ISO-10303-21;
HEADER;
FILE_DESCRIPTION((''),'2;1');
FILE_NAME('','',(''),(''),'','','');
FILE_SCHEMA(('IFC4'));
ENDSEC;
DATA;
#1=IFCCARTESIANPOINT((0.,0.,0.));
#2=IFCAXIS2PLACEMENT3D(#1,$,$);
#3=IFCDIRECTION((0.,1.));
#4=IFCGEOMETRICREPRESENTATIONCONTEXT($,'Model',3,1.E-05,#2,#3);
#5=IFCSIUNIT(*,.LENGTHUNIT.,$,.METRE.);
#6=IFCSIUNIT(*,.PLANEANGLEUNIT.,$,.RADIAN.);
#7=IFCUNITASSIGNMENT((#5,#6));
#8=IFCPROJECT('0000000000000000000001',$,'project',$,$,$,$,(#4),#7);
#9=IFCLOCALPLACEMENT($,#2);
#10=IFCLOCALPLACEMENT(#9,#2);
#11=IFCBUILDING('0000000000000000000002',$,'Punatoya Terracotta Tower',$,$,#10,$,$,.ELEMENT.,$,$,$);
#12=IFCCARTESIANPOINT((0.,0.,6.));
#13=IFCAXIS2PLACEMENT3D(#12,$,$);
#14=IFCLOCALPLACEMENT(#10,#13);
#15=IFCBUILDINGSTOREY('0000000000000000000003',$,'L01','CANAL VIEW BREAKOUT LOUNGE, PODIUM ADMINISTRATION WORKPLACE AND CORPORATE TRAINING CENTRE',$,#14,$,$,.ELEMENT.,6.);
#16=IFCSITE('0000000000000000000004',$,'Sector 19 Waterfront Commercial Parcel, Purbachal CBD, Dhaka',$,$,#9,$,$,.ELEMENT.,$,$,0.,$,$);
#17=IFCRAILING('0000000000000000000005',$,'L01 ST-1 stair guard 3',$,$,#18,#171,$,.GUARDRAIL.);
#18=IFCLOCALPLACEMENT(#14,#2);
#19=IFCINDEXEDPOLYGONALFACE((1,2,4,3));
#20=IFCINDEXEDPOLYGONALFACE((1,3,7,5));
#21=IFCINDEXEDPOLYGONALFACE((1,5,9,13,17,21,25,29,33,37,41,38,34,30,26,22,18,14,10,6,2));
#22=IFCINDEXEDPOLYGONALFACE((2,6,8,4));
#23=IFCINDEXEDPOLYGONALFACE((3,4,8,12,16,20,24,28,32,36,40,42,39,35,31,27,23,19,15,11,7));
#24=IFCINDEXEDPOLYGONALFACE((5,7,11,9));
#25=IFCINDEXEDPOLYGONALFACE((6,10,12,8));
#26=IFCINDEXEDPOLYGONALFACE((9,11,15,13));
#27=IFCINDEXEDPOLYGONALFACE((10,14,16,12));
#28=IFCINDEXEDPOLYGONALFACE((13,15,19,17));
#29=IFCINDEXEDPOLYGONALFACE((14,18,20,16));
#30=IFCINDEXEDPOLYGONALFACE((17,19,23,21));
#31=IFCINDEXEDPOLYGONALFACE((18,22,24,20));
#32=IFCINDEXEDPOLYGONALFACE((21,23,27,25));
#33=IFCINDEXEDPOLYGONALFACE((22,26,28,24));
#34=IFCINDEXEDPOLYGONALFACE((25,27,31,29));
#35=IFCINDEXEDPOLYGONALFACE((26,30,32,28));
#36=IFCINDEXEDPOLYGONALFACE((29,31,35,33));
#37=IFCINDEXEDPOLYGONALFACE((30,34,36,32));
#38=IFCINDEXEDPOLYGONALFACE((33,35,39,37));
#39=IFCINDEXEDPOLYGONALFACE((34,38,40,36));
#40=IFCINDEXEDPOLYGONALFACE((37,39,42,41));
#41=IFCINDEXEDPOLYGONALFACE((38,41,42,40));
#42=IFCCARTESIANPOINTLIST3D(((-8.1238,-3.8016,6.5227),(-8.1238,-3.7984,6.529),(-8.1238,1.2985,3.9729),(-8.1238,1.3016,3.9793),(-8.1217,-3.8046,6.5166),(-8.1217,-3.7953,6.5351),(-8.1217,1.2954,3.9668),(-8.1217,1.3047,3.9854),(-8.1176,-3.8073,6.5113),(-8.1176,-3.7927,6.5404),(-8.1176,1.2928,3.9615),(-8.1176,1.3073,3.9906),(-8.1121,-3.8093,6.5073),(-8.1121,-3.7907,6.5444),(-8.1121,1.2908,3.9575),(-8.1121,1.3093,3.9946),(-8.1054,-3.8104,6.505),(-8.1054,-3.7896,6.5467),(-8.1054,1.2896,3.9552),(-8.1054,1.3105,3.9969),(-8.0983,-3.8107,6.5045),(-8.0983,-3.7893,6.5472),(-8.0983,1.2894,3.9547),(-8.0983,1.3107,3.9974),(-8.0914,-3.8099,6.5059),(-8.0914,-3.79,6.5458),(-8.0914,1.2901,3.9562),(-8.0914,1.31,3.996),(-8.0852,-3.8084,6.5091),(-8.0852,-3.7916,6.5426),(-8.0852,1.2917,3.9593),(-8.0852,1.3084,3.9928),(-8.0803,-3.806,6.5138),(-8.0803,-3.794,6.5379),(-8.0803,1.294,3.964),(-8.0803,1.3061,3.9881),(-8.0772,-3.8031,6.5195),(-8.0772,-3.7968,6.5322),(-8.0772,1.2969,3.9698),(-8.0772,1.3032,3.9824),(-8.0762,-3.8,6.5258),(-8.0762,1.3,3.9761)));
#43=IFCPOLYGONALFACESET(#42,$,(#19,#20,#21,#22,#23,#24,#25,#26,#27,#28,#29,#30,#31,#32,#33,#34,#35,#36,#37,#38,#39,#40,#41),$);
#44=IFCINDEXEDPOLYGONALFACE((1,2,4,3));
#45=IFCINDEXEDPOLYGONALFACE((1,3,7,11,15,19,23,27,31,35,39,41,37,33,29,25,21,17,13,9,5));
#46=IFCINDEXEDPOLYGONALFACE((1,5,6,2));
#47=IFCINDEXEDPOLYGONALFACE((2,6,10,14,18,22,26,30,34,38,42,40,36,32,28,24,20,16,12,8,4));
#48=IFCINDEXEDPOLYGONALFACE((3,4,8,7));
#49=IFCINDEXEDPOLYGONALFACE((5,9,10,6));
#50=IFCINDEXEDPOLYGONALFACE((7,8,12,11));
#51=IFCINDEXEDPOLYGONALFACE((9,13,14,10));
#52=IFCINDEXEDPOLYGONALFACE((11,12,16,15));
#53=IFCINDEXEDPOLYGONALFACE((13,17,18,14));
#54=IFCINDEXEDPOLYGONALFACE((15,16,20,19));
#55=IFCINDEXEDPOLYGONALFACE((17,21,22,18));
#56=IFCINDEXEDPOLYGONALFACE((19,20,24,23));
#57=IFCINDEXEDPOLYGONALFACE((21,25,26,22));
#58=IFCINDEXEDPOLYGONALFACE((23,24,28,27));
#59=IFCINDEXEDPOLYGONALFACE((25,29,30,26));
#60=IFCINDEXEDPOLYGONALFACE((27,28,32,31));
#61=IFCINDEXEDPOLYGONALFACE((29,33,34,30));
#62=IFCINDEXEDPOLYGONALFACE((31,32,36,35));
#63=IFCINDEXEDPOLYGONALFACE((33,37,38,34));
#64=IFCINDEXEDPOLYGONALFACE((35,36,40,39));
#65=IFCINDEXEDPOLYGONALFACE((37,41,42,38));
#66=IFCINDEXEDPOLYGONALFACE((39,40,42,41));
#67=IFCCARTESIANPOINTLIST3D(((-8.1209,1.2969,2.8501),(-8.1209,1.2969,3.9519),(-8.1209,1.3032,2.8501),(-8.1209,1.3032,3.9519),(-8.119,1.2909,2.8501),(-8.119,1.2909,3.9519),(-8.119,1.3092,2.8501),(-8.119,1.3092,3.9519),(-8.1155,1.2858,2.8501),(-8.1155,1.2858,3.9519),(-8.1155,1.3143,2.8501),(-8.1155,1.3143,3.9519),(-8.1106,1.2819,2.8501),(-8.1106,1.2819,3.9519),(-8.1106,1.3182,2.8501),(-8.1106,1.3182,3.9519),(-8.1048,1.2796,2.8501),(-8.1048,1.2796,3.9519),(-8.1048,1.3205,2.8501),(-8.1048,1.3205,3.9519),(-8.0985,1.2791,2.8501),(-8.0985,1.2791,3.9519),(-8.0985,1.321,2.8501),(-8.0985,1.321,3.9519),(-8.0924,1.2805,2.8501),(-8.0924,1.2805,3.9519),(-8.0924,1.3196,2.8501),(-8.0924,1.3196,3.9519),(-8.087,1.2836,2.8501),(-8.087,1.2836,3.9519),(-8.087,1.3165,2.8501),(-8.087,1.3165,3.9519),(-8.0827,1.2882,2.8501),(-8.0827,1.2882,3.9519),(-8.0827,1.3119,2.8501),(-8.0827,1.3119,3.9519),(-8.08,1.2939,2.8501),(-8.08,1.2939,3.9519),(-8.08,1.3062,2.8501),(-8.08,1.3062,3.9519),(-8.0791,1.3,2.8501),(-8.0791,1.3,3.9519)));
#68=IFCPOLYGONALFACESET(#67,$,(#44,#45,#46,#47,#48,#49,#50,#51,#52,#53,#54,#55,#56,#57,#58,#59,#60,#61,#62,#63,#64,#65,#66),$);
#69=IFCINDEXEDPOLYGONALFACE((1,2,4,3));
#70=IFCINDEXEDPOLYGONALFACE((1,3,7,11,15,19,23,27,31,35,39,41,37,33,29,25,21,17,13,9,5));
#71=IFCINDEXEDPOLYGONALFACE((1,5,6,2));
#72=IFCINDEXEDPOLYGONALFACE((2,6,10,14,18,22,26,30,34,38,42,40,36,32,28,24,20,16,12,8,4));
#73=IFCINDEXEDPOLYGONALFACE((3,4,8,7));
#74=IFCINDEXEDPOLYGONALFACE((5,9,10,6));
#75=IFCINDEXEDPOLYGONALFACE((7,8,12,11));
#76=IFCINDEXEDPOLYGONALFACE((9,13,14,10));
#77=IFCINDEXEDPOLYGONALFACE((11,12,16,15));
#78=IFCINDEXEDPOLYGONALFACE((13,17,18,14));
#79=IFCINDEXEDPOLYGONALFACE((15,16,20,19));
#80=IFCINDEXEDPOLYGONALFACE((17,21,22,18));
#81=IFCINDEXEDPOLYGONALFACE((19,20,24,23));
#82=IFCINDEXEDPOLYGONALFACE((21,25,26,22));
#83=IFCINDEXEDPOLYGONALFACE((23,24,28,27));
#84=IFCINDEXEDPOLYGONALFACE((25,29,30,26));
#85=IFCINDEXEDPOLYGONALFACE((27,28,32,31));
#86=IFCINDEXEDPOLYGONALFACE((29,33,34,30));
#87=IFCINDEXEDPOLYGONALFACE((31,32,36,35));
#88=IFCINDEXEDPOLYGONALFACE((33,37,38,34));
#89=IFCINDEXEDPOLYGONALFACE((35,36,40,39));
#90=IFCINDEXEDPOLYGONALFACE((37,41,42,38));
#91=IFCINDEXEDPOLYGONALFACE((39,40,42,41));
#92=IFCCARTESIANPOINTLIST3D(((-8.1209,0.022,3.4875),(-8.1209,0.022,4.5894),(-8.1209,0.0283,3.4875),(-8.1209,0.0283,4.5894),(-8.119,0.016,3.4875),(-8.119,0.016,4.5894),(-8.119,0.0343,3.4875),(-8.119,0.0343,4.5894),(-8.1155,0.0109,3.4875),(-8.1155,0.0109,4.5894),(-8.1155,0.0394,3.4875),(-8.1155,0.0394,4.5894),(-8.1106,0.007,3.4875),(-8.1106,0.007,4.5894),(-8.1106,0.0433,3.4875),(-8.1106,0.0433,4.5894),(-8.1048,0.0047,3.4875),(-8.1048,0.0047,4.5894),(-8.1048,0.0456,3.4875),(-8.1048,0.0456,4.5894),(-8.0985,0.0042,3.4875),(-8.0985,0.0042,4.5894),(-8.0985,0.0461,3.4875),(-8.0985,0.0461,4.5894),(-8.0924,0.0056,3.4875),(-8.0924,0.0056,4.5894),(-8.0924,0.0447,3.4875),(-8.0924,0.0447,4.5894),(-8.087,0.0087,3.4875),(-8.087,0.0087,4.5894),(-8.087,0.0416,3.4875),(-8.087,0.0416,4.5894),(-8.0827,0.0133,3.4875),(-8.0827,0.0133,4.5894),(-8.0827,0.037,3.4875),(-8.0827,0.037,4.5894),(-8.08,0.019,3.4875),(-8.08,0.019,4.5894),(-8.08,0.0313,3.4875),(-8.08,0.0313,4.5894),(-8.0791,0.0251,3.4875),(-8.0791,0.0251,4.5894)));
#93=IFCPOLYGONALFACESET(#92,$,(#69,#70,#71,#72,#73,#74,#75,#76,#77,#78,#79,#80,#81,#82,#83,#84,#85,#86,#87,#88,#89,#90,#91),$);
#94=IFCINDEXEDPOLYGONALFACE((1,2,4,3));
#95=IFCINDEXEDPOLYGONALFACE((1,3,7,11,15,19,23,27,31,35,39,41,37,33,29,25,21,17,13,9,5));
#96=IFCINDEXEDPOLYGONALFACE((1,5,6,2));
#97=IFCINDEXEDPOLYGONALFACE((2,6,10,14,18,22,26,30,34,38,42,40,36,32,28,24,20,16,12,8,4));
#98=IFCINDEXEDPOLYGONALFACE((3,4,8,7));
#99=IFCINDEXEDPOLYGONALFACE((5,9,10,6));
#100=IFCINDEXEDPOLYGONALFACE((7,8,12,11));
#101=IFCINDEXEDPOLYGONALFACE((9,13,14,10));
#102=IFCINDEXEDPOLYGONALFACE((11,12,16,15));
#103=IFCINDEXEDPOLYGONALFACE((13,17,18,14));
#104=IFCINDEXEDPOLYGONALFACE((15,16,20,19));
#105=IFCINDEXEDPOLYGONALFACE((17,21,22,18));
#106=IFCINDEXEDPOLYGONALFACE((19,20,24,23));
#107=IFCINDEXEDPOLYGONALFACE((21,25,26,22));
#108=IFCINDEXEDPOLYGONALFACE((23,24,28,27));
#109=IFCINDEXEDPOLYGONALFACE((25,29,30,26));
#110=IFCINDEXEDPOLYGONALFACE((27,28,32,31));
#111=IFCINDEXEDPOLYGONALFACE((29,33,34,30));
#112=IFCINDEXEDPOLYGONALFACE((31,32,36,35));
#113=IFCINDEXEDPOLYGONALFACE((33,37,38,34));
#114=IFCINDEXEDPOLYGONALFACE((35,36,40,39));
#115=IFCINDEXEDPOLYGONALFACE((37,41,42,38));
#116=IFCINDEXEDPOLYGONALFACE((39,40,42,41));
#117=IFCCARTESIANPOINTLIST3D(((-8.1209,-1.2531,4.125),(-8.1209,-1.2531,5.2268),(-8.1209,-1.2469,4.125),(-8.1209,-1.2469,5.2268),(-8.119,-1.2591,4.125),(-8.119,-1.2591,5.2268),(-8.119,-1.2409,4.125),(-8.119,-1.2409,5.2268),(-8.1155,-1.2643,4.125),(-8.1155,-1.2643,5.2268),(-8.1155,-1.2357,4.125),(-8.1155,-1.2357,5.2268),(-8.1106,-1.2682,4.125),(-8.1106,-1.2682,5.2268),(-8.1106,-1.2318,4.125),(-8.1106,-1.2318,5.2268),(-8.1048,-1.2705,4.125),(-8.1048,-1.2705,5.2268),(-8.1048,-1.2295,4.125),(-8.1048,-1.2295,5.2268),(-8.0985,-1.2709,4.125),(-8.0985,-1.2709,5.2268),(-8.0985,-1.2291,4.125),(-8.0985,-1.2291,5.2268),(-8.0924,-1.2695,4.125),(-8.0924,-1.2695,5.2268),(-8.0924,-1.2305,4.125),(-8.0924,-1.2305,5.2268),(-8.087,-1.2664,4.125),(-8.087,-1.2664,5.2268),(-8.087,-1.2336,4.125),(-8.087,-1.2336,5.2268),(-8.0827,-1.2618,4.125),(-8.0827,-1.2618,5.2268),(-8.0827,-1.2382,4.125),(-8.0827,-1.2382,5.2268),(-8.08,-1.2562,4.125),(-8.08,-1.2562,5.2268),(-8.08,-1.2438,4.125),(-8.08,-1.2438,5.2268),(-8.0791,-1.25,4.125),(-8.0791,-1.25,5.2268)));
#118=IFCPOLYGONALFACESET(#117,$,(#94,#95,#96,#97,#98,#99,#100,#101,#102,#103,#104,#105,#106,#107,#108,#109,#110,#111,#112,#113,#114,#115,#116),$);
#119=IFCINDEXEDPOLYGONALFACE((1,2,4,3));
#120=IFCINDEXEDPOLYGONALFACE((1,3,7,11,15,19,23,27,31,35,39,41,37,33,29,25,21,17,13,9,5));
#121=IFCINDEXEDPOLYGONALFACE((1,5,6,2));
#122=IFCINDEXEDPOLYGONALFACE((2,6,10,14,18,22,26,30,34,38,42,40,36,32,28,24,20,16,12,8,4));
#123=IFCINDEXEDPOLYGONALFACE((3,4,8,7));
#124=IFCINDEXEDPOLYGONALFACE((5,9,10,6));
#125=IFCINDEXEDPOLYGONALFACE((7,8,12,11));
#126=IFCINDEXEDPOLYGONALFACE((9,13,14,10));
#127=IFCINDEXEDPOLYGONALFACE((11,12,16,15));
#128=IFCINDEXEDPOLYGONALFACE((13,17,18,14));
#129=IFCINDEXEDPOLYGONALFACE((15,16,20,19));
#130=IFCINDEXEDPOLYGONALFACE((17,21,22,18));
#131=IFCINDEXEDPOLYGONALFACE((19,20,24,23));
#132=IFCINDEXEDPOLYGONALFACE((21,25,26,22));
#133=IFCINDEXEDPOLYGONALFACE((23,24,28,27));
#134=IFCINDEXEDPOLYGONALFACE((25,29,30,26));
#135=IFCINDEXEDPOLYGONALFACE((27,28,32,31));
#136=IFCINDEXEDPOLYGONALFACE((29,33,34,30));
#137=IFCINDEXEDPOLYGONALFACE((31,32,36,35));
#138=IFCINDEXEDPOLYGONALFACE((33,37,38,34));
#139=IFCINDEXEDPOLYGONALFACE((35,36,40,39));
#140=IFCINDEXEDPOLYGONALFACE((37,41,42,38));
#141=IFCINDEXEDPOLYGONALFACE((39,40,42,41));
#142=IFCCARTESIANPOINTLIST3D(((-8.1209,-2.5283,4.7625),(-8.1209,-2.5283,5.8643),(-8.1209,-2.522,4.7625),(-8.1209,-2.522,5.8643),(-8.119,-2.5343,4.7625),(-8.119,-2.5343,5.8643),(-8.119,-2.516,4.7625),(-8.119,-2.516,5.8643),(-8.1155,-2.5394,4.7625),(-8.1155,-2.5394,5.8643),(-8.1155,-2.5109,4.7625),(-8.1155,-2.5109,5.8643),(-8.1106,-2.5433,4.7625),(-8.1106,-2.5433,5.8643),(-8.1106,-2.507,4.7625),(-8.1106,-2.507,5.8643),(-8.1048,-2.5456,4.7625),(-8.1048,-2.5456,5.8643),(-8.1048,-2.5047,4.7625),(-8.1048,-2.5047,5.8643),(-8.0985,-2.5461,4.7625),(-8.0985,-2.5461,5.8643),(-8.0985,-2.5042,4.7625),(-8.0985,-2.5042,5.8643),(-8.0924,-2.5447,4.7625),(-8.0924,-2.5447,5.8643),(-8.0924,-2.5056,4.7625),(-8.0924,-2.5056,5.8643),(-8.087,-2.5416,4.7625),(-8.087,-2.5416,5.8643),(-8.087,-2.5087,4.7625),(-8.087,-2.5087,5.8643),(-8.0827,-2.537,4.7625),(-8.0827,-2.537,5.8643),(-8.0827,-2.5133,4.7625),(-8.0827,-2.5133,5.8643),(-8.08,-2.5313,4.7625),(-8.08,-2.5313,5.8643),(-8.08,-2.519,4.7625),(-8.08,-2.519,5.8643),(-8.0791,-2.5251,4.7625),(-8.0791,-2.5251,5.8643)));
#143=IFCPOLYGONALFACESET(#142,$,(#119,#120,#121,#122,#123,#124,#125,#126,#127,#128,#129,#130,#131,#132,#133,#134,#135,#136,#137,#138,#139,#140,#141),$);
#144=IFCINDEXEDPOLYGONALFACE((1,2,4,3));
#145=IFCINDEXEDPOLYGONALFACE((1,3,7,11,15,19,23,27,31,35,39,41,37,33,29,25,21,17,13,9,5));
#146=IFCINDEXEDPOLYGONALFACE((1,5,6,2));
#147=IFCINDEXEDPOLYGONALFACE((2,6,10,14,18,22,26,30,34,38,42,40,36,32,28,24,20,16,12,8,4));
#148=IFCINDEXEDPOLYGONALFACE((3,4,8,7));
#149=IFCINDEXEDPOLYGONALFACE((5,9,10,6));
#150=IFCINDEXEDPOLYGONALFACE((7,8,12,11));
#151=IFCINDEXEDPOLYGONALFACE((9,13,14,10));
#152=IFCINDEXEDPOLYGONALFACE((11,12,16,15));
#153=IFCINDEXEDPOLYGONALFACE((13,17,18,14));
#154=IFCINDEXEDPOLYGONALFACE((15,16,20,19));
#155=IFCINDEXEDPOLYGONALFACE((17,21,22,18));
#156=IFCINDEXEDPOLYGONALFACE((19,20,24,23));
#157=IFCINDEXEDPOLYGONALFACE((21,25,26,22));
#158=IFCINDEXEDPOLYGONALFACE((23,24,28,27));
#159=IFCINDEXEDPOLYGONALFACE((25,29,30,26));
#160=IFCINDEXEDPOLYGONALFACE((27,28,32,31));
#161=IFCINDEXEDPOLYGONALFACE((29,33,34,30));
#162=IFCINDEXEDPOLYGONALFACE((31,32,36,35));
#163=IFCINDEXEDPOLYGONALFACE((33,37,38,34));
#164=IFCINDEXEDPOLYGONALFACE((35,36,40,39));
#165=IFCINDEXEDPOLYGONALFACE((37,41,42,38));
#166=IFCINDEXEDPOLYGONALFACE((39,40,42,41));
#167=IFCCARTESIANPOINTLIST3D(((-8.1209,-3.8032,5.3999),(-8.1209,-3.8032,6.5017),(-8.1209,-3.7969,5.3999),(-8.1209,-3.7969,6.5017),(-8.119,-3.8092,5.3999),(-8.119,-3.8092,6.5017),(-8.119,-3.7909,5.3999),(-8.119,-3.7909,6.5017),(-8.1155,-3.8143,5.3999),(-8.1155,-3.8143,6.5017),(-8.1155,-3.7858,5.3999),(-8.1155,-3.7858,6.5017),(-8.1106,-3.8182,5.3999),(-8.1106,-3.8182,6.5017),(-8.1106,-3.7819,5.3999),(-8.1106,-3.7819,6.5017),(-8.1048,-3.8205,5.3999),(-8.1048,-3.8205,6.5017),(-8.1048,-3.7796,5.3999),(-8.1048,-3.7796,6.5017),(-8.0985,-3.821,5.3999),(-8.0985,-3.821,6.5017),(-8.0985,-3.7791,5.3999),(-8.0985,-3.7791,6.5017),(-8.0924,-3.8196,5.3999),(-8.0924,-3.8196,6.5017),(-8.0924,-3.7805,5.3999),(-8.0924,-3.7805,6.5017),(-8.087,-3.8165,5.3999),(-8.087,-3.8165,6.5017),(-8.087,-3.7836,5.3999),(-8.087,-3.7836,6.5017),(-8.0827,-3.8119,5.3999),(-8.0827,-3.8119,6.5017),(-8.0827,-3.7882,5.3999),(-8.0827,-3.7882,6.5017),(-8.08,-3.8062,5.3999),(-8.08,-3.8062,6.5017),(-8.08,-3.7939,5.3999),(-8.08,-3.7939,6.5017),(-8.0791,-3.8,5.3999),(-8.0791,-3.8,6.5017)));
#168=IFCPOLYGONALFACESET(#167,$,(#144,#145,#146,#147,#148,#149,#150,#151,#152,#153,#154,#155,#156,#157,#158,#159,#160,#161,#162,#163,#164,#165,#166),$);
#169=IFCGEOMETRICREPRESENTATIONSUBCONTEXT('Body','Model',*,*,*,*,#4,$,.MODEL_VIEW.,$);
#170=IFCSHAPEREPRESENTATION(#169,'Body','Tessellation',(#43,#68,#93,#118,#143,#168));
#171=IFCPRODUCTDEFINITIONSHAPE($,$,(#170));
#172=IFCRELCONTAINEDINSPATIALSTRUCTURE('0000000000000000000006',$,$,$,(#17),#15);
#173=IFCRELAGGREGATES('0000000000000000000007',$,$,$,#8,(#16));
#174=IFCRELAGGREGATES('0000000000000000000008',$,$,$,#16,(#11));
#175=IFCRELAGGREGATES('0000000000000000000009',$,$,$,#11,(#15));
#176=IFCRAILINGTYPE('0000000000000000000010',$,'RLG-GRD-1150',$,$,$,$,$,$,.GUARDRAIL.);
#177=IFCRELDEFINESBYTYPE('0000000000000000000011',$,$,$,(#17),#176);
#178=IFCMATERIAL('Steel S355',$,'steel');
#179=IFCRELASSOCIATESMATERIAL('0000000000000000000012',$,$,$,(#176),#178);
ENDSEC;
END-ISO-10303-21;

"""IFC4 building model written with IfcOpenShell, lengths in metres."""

from ifc_helpers import new_model, si_unit, direction, frame, origin, origin_2d, place, context, subcontext, project, spatial, circle, extrude, material, type_object, element, save


model = new_model("IFC4")

# Units and contexts
model_context = context("Model", 3, precision=1e-05, world=origin(), true_north=direction((0.0, 1.0)))
body_context = subcontext(model_context, "Body", "Model", "MODEL_VIEW")
ifc_project = project(units=[si_unit("LENGTHUNIT", "METRE"), si_unit("PLANEANGLEUNIT", "RADIAN")], contexts=[model_context])

# Site, building, storey
site_placement = place(None, origin())
site = spatial("IfcSite", under=ifc_project, at=site_placement, Name="Sector 19 Waterfront Commercial Parcel, Purbachal CBD, Dhaka", CompositionType="ELEMENT", RefElevation=0.0)
building_placement = place(site_placement, origin())
building = spatial("IfcBuilding", under=site, at=building_placement, Name="Punatoya Terracotta Tower", CompositionType="ELEMENT")
storey_placement = place(building_placement, frame((0.0, 0.0, 6.0)))
storey = spatial("IfcBuildingStorey", under=building, at=storey_placement, Name="L01", Description="CANAL VIEW BREAKOUT LOUNGE, PODIUM ADMINISTRATION WORKPLACE AND CORPORATE TRAINING CENTRE", CompositionType="ELEMENT", Elevation=6.0)

# Shared definitions
ifc_material_1 = material(Name="Steel S355", Category="steel")

# Railing
railing_type_1 = type_object("IfcRailingType", Name="RLG-GRD-1150", PredefinedType="GUARDRAIL", material=ifc_material_1)
railing_1_placement = place(storey_placement, frame((-8.1001, 1.3, 2.8501)))
element("IfcRailing", 1, at=railing_1_placement, inside=storey, type_object=railing_type_1, Name="L01 ST-1 stair guard 3", PredefinedType="GUARDRAIL", context=body_context, shape_type="SweptSolid", body=[
    extrude(circle(Radius=0.0239, at=origin_2d()), frame((0.0, 0.0, 1.126), z_axis=(0.0, -0.894444, 0.447179), x_axis=(1.0, 0.0, 0.0)), (0.0, 0.0, 1.0), 5.7019),
    extrude(circle(Radius=0.021, at=origin_2d()), origin(), (0.0, 0.0, 1.0), 1.1018),
    extrude(circle(Radius=0.021, at=origin_2d()), frame((0.0, -1.2749, 0.6375)), (0.0, 0.0, 1.0), 1.1018),
    extrude(circle(Radius=0.021, at=origin_2d()), frame((0.0, -2.55, 1.2749)), (0.0, 0.0, 1.0), 1.1018),
    extrude(circle(Radius=0.021, at=origin_2d()), frame((0.0, -3.8252, 1.9124)), (0.0, 0.0, 1.0), 1.1018),
    extrude(circle(Radius=0.021, at=origin_2d()), frame((0.0, -5.1001, 2.5498)), (0.0, 0.0, 1.0), 1.1018),
])

save(model, "model.ifc")
